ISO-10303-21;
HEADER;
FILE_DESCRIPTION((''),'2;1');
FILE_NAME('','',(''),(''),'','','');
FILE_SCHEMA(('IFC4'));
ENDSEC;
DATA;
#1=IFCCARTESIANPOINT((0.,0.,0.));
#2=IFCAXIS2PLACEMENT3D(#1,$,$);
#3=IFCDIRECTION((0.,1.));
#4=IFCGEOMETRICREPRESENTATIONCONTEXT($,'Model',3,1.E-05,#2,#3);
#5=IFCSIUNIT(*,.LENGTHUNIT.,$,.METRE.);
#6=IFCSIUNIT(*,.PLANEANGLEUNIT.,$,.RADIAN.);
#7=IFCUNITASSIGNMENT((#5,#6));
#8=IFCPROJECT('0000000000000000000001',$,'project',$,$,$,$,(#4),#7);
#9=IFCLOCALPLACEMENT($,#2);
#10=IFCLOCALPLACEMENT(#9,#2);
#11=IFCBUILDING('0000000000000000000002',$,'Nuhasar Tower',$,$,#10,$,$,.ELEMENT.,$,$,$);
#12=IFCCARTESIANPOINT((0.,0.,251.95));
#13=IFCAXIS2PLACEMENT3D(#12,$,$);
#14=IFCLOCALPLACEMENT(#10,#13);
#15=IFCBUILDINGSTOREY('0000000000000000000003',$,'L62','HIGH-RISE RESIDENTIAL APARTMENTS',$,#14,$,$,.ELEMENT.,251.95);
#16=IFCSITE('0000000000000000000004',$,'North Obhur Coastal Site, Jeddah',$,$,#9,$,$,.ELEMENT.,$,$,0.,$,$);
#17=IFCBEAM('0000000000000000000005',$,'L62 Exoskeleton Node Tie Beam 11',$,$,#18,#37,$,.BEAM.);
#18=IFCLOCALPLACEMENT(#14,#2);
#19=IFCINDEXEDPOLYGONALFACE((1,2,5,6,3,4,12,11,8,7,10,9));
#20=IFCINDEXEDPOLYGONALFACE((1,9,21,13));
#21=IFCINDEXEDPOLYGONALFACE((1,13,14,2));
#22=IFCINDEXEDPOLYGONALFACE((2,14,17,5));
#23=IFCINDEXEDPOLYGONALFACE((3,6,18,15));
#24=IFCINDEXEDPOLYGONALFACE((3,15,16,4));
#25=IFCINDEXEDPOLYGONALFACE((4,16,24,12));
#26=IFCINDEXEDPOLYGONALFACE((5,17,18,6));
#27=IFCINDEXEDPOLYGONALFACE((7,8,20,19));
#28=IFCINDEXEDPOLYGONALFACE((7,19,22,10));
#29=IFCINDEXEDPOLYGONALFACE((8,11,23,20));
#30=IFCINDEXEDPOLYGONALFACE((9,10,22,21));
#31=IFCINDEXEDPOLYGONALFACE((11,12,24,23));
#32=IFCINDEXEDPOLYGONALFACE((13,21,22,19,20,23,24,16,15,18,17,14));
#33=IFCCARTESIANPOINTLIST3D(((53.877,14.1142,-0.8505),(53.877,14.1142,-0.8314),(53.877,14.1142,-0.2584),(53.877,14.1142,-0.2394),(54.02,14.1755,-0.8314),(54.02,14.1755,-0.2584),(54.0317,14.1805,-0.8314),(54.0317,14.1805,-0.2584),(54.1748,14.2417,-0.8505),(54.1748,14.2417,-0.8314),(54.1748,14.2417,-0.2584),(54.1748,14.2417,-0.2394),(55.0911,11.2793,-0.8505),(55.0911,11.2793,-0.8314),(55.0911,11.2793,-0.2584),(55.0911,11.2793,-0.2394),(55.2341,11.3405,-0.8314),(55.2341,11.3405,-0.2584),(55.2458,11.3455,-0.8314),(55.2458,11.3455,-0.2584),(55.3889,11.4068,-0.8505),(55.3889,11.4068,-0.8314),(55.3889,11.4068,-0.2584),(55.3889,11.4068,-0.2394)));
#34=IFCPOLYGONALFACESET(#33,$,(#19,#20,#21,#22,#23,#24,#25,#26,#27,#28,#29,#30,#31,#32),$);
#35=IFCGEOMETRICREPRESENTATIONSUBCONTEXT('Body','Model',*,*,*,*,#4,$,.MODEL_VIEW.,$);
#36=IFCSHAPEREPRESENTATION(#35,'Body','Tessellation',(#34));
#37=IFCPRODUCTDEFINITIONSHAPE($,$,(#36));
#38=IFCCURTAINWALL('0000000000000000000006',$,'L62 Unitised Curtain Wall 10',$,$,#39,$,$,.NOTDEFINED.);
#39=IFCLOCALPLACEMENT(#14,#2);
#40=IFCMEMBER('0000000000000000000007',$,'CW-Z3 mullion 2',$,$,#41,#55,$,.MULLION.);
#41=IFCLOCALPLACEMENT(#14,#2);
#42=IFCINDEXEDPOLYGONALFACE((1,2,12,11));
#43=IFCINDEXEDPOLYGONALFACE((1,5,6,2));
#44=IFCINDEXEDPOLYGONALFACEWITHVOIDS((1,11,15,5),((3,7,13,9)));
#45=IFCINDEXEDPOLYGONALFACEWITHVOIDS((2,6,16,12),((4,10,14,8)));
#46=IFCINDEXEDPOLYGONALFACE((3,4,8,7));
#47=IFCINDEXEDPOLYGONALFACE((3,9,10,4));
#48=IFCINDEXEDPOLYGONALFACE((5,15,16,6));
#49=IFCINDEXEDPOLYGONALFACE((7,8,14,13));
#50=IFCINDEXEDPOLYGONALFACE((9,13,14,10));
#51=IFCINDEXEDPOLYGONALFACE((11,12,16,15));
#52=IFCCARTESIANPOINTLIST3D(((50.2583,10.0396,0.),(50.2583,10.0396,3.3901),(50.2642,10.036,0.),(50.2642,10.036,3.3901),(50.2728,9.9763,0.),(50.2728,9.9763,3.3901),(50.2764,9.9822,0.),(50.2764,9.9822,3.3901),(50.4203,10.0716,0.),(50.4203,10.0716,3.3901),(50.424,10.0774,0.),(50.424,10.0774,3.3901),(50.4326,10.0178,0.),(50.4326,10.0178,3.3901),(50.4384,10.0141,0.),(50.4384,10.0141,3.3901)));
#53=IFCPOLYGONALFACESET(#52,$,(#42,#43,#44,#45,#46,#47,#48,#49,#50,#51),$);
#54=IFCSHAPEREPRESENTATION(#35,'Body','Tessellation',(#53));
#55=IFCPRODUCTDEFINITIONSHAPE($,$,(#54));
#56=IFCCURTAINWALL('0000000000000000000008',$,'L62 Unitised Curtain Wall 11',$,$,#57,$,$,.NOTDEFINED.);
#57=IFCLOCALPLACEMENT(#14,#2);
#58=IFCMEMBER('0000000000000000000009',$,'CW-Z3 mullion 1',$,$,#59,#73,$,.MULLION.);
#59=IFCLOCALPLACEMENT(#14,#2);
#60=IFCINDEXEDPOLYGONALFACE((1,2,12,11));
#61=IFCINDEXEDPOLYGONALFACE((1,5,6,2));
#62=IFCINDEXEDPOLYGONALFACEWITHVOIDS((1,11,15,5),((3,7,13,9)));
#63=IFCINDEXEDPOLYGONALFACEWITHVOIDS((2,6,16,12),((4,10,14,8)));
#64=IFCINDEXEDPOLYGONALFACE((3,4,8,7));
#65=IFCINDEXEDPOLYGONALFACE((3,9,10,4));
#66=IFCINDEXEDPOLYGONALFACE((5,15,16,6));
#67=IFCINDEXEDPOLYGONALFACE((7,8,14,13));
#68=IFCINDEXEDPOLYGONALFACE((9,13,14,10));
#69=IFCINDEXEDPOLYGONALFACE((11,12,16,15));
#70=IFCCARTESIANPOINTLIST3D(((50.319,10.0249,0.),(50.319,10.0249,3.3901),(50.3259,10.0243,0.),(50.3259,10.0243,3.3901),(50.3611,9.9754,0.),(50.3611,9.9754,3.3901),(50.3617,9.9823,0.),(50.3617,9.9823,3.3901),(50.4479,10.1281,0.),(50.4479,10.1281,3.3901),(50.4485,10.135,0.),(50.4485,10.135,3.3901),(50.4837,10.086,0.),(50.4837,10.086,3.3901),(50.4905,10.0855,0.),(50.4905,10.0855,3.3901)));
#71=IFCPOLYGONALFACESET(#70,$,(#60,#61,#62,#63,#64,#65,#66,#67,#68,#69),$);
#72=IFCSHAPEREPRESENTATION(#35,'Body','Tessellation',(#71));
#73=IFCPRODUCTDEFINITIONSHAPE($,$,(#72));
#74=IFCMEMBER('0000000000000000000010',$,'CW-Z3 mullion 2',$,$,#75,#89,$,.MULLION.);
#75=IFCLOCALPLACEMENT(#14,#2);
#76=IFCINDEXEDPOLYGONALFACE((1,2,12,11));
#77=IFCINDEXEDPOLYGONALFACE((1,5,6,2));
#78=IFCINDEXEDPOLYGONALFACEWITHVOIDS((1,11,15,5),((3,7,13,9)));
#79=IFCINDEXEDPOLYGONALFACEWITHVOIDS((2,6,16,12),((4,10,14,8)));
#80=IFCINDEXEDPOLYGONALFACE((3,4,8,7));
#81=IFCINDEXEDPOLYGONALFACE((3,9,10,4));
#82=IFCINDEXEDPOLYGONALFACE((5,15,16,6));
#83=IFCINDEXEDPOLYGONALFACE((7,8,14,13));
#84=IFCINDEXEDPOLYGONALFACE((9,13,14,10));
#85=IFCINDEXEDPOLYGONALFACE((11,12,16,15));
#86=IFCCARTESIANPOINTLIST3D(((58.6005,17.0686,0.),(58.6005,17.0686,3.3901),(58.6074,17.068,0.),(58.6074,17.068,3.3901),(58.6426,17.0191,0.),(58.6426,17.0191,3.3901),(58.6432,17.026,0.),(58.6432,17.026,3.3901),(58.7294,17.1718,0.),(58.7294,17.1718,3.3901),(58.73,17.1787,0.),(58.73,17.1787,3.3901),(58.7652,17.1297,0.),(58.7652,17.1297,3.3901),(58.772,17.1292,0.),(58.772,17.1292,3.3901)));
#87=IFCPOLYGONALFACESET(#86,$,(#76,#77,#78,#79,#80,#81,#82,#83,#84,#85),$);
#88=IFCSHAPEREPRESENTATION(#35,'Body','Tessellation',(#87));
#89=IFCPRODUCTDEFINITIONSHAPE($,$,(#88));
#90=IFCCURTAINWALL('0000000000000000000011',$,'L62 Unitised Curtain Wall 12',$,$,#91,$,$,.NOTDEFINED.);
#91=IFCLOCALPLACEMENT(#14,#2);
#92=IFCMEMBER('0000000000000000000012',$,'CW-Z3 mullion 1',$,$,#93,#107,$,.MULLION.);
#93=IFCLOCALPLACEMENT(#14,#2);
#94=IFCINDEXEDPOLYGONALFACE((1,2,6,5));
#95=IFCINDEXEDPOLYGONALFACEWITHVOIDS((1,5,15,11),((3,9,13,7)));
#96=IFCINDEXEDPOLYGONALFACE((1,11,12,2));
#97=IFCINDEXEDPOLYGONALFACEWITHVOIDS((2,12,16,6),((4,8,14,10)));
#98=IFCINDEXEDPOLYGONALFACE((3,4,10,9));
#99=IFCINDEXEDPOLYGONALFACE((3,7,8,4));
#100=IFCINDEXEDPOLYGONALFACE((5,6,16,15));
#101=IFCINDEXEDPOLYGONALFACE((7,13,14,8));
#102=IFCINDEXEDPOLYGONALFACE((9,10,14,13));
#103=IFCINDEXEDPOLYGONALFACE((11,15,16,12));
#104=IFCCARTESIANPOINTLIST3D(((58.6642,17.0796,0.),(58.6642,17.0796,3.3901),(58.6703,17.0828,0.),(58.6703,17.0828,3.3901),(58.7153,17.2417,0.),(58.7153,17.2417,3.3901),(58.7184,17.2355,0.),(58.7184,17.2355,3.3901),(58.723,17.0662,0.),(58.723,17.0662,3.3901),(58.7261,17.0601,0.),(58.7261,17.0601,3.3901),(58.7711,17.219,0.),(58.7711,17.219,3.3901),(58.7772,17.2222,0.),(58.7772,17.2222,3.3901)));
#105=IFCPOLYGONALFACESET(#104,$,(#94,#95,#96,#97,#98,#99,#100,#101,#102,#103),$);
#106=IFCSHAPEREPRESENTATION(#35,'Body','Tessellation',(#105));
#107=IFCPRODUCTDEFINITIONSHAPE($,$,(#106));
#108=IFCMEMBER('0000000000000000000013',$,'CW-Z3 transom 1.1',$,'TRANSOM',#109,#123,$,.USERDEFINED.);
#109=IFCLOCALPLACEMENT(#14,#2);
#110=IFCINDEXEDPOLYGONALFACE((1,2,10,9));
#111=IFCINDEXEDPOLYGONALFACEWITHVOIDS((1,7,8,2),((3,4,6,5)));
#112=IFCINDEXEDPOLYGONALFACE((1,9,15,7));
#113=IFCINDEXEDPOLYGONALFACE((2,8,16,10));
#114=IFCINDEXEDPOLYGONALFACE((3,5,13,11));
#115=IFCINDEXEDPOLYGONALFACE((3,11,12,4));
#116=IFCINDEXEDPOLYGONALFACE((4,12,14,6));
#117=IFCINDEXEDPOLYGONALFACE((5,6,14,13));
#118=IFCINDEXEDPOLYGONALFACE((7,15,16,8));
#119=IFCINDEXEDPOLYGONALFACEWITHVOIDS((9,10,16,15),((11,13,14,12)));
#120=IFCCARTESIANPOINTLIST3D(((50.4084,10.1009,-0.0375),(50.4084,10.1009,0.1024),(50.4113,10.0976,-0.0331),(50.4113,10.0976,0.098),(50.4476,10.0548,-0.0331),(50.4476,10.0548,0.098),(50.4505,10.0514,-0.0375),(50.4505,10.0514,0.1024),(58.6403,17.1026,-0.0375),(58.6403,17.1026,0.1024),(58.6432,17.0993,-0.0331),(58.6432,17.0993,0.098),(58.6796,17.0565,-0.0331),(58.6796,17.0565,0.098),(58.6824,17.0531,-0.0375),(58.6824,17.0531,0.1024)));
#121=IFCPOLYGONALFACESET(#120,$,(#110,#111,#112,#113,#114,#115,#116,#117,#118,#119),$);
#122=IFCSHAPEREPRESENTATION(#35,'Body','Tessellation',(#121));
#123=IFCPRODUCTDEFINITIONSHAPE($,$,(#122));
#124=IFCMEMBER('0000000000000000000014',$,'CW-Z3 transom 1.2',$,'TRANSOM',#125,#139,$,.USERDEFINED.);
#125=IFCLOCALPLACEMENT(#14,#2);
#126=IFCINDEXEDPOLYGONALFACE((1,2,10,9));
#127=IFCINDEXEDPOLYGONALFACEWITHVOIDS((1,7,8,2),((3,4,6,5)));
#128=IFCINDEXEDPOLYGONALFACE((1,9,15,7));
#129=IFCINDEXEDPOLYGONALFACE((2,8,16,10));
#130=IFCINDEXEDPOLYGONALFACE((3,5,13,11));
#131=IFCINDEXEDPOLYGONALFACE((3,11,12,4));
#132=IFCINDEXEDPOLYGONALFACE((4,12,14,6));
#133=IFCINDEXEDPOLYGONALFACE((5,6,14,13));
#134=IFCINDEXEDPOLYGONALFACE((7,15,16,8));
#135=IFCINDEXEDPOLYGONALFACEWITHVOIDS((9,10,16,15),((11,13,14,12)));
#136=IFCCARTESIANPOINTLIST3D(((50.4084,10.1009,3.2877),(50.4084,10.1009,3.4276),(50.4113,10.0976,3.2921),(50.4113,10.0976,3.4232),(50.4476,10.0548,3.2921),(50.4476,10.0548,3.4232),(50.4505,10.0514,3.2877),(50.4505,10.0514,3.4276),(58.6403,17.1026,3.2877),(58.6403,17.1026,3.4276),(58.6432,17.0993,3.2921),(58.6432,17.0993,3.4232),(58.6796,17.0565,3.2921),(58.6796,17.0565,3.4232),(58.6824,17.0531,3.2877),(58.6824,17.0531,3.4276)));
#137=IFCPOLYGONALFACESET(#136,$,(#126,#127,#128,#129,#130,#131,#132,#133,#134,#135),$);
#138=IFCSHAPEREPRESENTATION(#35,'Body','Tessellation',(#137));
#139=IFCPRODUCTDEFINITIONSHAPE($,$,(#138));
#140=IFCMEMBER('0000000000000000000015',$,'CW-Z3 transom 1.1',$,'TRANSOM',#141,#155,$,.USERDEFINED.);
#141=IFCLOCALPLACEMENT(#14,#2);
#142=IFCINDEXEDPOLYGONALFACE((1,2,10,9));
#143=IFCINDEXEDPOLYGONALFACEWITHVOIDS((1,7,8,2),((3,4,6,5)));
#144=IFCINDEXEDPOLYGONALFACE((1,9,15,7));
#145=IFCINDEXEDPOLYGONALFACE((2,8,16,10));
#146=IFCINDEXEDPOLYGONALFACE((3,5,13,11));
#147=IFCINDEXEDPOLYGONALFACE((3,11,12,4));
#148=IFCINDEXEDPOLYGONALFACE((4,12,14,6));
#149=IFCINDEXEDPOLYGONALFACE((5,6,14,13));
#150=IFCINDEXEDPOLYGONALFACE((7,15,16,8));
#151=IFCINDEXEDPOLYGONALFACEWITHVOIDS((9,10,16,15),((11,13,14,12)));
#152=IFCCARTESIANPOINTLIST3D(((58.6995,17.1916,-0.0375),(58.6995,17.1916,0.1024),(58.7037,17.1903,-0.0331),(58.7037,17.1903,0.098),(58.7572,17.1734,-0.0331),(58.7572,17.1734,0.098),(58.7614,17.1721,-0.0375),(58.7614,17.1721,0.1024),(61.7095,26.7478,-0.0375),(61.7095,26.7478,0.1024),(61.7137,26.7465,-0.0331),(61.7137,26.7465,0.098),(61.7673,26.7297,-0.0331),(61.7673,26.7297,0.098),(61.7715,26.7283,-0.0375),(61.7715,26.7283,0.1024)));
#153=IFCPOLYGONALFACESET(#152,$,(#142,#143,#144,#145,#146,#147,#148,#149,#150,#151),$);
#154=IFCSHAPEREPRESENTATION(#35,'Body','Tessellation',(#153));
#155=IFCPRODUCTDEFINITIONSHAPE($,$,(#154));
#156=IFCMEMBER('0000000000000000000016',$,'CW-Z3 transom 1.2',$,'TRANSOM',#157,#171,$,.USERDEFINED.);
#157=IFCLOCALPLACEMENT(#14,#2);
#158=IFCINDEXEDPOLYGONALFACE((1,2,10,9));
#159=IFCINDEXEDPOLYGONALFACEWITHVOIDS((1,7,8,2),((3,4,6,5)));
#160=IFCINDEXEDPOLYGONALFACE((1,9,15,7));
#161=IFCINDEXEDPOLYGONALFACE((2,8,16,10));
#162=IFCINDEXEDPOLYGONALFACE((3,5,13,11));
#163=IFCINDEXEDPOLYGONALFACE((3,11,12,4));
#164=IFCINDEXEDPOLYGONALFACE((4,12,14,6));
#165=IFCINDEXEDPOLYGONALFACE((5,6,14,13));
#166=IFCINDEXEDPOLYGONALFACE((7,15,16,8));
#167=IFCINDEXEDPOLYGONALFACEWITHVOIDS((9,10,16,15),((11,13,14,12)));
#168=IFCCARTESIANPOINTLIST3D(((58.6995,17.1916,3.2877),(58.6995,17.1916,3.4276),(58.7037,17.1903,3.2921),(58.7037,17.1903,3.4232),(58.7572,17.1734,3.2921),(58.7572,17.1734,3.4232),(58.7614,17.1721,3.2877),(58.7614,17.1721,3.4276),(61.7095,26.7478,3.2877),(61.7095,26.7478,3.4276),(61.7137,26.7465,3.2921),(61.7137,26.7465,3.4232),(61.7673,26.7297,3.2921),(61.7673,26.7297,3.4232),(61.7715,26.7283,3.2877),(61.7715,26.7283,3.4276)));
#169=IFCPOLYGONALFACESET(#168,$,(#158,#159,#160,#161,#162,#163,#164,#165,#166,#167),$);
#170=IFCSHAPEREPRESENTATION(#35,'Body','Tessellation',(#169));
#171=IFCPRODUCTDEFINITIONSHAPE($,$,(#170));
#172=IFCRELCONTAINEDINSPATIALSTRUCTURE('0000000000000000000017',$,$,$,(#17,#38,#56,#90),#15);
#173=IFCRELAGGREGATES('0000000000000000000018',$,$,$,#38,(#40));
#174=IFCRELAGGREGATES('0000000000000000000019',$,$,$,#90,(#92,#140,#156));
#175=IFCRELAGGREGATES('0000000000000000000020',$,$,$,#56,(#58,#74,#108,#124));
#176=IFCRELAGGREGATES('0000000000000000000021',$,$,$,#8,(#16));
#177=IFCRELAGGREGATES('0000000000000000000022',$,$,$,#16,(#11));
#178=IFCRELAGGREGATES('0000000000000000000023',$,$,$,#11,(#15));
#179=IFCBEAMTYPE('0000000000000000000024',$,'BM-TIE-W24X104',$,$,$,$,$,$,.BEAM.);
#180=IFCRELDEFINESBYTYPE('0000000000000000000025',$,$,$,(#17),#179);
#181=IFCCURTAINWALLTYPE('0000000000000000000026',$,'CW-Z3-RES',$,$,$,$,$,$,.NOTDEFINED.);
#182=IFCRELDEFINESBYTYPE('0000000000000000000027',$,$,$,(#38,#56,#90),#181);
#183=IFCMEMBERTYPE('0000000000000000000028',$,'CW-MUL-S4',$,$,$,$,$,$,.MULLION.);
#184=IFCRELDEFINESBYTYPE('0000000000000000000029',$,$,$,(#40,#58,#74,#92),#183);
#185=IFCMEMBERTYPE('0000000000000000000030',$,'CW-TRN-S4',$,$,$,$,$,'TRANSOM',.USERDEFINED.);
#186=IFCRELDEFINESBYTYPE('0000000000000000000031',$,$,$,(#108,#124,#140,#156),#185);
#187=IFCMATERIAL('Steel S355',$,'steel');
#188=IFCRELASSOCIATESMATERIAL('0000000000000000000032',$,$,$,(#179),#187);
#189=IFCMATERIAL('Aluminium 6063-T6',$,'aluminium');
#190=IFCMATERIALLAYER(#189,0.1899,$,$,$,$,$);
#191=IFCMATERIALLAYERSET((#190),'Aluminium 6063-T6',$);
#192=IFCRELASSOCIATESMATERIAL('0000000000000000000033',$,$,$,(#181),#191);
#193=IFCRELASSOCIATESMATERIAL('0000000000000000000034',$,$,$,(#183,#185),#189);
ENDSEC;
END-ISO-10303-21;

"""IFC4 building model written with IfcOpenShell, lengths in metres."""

from ifc_helpers import new_model, si_unit, direction, frame, origin, origin_2d, place, context, subcontext, project, spatial, hollow_rectangle, i_section, extrude, material, layer, layer_set, material_profile, profile_set, type_object, element, aggregate, save


model = new_model("IFC4")

# Units and contexts
model_context = context("Model", 3, precision=1e-05, world=origin(), true_north=direction((0.0, 1.0)))
body_context = subcontext(model_context, "Body", "Model", "MODEL_VIEW")
ifc_project = project(units=[si_unit("LENGTHUNIT", "METRE"), si_unit("PLANEANGLEUNIT", "RADIAN")], contexts=[model_context])

# Site, building, storey
site_placement = place(None, origin())
site = spatial("IfcSite", under=ifc_project, at=site_placement, Name="North Obhur Coastal Site, Jeddah", CompositionType="ELEMENT", RefElevation=0.0)
building_placement = place(site_placement, origin())
building = spatial("IfcBuilding", under=site, at=building_placement, Name="Nuhasar Tower", CompositionType="ELEMENT")
storey_placement = place(building_placement, frame((0.0, 0.0, 251.95)))
storey = spatial("IfcBuildingStorey", under=building, at=storey_placement, Name="L62", Description="HIGH-RISE RESIDENTIAL APARTMENTS", CompositionType="ELEMENT", Elevation=251.95)

# Beam
ifc_material_1 = material(Name="Steel S355", Category="steel")
ifc_material_profile_1 = material_profile(ifc_material_1, i_section(OverallWidth=0.324, OverallDepth=0.6111, WebThickness=0.0127, FlangeThickness=0.019, at=origin_2d()), Name="W24X104")
ifc_profile_set_1 = profile_set([ifc_material_profile_1], Name="Steel S355")
beam_type_1 = type_object("IfcBeamType", Name="BM-TIE-W24X104", PredefinedType="BEAM", material=ifc_profile_set_1)
beam_1_placement = place(storey_placement, frame((54.0259, 14.178, -0.5449), z_axis=(0.39368, -0.919247, 0.0), x_axis=(0.919247, 0.39368, 0.0)))
element("IfcBeam", 1, at=beam_1_placement, inside=storey, type_object=beam_type_1, Name="L62 Exoskeleton Node Tie Beam 11", PredefinedType="BEAM", context=body_context, shape_type="SweptSolid", body=[
    extrude(i_section(OverallWidth=0.324, OverallDepth=0.6111, WebThickness=0.0127, FlangeThickness=0.019, at=origin_2d()), origin(), (0.0, 0.0, 1.0), 3.084),
])

# Curtain wall, member
ifc_material_2 = material(Name="Aluminium 6063-T6", Category="aluminium")
ifc_layer_1 = layer(ifc_material_2, 0.1899)
ifc_layer_set_1 = layer_set([ifc_layer_1], Name="Aluminium 6063-T6")
curtain_wall_type = type_object("IfcCurtainWallType", Name="CW-Z3-RES", PredefinedType="NOTDEFINED", material=ifc_layer_set_1)
curtain_wall_1_placement = place(storey_placement, origin())
curtain_wall_1 = element("IfcCurtainWall", 2, at=curtain_wall_1_placement, inside=storey, type_object=curtain_wall_type, Name="L62 Unitised Curtain Wall 10", PredefinedType="NOTDEFINED")
ifc_material_profile_2 = material_profile(ifc_material_2, hollow_rectangle(XDim=0.0649, YDim=0.1699, WallThickness=0.0049, at=origin_2d()), Name="CWM-4")
ifc_profile_set_2 = profile_set([ifc_material_profile_2], Name="Aluminium 6063-T6")
member_type_1 = type_object("IfcMemberType", Name="CW-MUL-S4", PredefinedType="MULLION", material=ifc_profile_set_2)
member_1_placement = place(storey_placement, frame((50.3484, 10.0269, 0.0), z_axis=(0.0, 0.0, 1.0), x_axis=(-0.222243, 0.974991, 0.0)))
member_1 = element("IfcMember", 3, at=member_1_placement, type_object=member_type_1, Name="CW-Z3 mullion 2", PredefinedType="MULLION", context=body_context, shape_type="SweptSolid", body=[
    extrude(hollow_rectangle(XDim=0.0649, YDim=0.1699, WallThickness=0.0049, at=origin_2d()), origin(), (0.0, 0.0, 1.0), 3.3901),
])
aggregate(curtain_wall_1, [member_1])

# Curtain wall, members
curtain_wall_2_placement = place(storey_placement, origin())
curtain_wall_2 = element("IfcCurtainWall", 4, at=curtain_wall_2_placement, inside=storey, type_object=curtain_wall_type, Name="L62 Unitised Curtain Wall 11", PredefinedType="NOTDEFINED")
member_2_placement = place(storey_placement, frame((50.4048, 10.0552, 0.0), z_axis=(0.0, 0.0, 1.0), x_axis=(-0.647895, 0.761729, 0.0)))
member_2 = element("IfcMember", 5, at=member_2_placement, type_object=member_type_1, Name="CW-Z3 mullion 1", PredefinedType="MULLION", context=body_context, shape_type="SweptSolid", body=[
    extrude(hollow_rectangle(XDim=0.0649, YDim=0.1699, WallThickness=0.0049, at=origin_2d()), origin(), (0.0, 0.0, 1.0), 3.3901),
])
member_3_placement = place(storey_placement, frame((58.6863, 17.0989, 0.0), z_axis=(0.0, 0.0, 1.0), x_axis=(-0.647895, 0.761729, 0.0)))
member_3 = element("IfcMember", 6, at=member_3_placement, type_object=member_type_1, Name="CW-Z3 mullion 2", PredefinedType="MULLION", context=body_context, shape_type="SweptSolid", body=[
    extrude(hollow_rectangle(XDim=0.0649, YDim=0.1699, WallThickness=0.0049, at=origin_2d()), origin(), (0.0, 0.0, 1.0), 3.3901),
])

# Curtain wall, member
curtain_wall_3_placement = place(storey_placement, origin())
curtain_wall_3 = element("IfcCurtainWall", 7, at=curtain_wall_3_placement, inside=storey, type_object=curtain_wall_type, Name="L62 Unitised Curtain Wall 12", PredefinedType="NOTDEFINED")
member_4_placement = place(storey_placement, frame((58.7207, 17.1509, 0.0), z_axis=(0.0, 0.0, 1.0), x_axis=(-0.953804, 0.300429, 0.0)))
member_4 = element("IfcMember", 8, at=member_4_placement, type_object=member_type_1, Name="CW-Z3 mullion 1", PredefinedType="MULLION", context=body_context, shape_type="SweptSolid", body=[
    extrude(hollow_rectangle(XDim=0.0649, YDim=0.1699, WallThickness=0.0049, at=origin_2d()), origin(), (0.0, 0.0, 1.0), 3.3901),
])

# Members
ifc_material_profile_3 = material_profile(ifc_material_2, hollow_rectangle(XDim=0.0649, YDim=0.1399, WallThickness=0.0044, at=origin_2d()), Name="CWT-4")
ifc_profile_set_3 = profile_set([ifc_material_profile_3], Name="Aluminium 6063-T6")
member_type_2 = type_object("IfcMemberType", Name="CW-TRN-S4", ElementType="TRANSOM", PredefinedType="USERDEFINED", material=ifc_profile_set_3)
member_5_placement = place(storey_placement, frame((50.4294, 10.0762, 0.0325), z_axis=(0.761731, 0.647894, 0.0), x_axis=(-0.647894, 0.761731, 0.0)))
member_5 = element("IfcMember", 9, at=member_5_placement, type_object=member_type_2, Name="CW-Z3 transom 1.1", ObjectType="TRANSOM", PredefinedType="USERDEFINED", context=body_context, shape_type="SweptSolid", body=[
    extrude(hollow_rectangle(XDim=0.0649, YDim=0.1399, WallThickness=0.0044, at=origin_2d()), origin(), (0.0, 0.0, 1.0), 10.8069),
])
member_6_placement = place(storey_placement, frame((50.4294, 10.0762, 3.3577), z_axis=(0.761731, 0.647894, 0.0), x_axis=(-0.647894, 0.761731, 0.0)))
member_6 = element("IfcMember", 10, at=member_6_placement, type_object=member_type_2, Name="CW-Z3 transom 1.2", ObjectType="TRANSOM", PredefinedType="USERDEFINED", context=body_context, shape_type="SweptSolid", body=[
    extrude(hollow_rectangle(XDim=0.0649, YDim=0.1399, WallThickness=0.0044, at=origin_2d()), origin(), (0.0, 0.0, 1.0), 10.8069),
])
member_7_placement = place(storey_placement, frame((58.7305, 17.1819, 0.0325), z_axis=(0.30043, 0.953804, 0.0), x_axis=(-0.953804, 0.30043, 0.0)))
member_7 = element("IfcMember", 11, at=member_7_placement, type_object=member_type_2, Name="CW-Z3 transom 1.1", ObjectType="TRANSOM", PredefinedType="USERDEFINED", context=body_context, shape_type="SweptSolid", body=[
    extrude(hollow_rectangle(XDim=0.0649, YDim=0.1399, WallThickness=0.0044, at=origin_2d()), origin(), (0.0, 0.0, 1.0), 10.019),
])
member_8_placement = place(storey_placement, frame((58.7305, 17.1819, 3.3577), z_axis=(0.30043, 0.953804, 0.0), x_axis=(-0.953804, 0.30043, 0.0)))
member_8 = element("IfcMember", 12, at=member_8_placement, type_object=member_type_2, Name="CW-Z3 transom 1.2", ObjectType="TRANSOM", PredefinedType="USERDEFINED", context=body_context, shape_type="SweptSolid", body=[
    extrude(hollow_rectangle(XDim=0.0649, YDim=0.1399, WallThickness=0.0044, at=origin_2d()), origin(), (0.0, 0.0, 1.0), 10.019),
])
aggregate(curtain_wall_3, [member_4, member_7, member_8])

aggregate(curtain_wall_2, [member_2, member_3, member_5, member_6])

save(model, "model.ifc")
